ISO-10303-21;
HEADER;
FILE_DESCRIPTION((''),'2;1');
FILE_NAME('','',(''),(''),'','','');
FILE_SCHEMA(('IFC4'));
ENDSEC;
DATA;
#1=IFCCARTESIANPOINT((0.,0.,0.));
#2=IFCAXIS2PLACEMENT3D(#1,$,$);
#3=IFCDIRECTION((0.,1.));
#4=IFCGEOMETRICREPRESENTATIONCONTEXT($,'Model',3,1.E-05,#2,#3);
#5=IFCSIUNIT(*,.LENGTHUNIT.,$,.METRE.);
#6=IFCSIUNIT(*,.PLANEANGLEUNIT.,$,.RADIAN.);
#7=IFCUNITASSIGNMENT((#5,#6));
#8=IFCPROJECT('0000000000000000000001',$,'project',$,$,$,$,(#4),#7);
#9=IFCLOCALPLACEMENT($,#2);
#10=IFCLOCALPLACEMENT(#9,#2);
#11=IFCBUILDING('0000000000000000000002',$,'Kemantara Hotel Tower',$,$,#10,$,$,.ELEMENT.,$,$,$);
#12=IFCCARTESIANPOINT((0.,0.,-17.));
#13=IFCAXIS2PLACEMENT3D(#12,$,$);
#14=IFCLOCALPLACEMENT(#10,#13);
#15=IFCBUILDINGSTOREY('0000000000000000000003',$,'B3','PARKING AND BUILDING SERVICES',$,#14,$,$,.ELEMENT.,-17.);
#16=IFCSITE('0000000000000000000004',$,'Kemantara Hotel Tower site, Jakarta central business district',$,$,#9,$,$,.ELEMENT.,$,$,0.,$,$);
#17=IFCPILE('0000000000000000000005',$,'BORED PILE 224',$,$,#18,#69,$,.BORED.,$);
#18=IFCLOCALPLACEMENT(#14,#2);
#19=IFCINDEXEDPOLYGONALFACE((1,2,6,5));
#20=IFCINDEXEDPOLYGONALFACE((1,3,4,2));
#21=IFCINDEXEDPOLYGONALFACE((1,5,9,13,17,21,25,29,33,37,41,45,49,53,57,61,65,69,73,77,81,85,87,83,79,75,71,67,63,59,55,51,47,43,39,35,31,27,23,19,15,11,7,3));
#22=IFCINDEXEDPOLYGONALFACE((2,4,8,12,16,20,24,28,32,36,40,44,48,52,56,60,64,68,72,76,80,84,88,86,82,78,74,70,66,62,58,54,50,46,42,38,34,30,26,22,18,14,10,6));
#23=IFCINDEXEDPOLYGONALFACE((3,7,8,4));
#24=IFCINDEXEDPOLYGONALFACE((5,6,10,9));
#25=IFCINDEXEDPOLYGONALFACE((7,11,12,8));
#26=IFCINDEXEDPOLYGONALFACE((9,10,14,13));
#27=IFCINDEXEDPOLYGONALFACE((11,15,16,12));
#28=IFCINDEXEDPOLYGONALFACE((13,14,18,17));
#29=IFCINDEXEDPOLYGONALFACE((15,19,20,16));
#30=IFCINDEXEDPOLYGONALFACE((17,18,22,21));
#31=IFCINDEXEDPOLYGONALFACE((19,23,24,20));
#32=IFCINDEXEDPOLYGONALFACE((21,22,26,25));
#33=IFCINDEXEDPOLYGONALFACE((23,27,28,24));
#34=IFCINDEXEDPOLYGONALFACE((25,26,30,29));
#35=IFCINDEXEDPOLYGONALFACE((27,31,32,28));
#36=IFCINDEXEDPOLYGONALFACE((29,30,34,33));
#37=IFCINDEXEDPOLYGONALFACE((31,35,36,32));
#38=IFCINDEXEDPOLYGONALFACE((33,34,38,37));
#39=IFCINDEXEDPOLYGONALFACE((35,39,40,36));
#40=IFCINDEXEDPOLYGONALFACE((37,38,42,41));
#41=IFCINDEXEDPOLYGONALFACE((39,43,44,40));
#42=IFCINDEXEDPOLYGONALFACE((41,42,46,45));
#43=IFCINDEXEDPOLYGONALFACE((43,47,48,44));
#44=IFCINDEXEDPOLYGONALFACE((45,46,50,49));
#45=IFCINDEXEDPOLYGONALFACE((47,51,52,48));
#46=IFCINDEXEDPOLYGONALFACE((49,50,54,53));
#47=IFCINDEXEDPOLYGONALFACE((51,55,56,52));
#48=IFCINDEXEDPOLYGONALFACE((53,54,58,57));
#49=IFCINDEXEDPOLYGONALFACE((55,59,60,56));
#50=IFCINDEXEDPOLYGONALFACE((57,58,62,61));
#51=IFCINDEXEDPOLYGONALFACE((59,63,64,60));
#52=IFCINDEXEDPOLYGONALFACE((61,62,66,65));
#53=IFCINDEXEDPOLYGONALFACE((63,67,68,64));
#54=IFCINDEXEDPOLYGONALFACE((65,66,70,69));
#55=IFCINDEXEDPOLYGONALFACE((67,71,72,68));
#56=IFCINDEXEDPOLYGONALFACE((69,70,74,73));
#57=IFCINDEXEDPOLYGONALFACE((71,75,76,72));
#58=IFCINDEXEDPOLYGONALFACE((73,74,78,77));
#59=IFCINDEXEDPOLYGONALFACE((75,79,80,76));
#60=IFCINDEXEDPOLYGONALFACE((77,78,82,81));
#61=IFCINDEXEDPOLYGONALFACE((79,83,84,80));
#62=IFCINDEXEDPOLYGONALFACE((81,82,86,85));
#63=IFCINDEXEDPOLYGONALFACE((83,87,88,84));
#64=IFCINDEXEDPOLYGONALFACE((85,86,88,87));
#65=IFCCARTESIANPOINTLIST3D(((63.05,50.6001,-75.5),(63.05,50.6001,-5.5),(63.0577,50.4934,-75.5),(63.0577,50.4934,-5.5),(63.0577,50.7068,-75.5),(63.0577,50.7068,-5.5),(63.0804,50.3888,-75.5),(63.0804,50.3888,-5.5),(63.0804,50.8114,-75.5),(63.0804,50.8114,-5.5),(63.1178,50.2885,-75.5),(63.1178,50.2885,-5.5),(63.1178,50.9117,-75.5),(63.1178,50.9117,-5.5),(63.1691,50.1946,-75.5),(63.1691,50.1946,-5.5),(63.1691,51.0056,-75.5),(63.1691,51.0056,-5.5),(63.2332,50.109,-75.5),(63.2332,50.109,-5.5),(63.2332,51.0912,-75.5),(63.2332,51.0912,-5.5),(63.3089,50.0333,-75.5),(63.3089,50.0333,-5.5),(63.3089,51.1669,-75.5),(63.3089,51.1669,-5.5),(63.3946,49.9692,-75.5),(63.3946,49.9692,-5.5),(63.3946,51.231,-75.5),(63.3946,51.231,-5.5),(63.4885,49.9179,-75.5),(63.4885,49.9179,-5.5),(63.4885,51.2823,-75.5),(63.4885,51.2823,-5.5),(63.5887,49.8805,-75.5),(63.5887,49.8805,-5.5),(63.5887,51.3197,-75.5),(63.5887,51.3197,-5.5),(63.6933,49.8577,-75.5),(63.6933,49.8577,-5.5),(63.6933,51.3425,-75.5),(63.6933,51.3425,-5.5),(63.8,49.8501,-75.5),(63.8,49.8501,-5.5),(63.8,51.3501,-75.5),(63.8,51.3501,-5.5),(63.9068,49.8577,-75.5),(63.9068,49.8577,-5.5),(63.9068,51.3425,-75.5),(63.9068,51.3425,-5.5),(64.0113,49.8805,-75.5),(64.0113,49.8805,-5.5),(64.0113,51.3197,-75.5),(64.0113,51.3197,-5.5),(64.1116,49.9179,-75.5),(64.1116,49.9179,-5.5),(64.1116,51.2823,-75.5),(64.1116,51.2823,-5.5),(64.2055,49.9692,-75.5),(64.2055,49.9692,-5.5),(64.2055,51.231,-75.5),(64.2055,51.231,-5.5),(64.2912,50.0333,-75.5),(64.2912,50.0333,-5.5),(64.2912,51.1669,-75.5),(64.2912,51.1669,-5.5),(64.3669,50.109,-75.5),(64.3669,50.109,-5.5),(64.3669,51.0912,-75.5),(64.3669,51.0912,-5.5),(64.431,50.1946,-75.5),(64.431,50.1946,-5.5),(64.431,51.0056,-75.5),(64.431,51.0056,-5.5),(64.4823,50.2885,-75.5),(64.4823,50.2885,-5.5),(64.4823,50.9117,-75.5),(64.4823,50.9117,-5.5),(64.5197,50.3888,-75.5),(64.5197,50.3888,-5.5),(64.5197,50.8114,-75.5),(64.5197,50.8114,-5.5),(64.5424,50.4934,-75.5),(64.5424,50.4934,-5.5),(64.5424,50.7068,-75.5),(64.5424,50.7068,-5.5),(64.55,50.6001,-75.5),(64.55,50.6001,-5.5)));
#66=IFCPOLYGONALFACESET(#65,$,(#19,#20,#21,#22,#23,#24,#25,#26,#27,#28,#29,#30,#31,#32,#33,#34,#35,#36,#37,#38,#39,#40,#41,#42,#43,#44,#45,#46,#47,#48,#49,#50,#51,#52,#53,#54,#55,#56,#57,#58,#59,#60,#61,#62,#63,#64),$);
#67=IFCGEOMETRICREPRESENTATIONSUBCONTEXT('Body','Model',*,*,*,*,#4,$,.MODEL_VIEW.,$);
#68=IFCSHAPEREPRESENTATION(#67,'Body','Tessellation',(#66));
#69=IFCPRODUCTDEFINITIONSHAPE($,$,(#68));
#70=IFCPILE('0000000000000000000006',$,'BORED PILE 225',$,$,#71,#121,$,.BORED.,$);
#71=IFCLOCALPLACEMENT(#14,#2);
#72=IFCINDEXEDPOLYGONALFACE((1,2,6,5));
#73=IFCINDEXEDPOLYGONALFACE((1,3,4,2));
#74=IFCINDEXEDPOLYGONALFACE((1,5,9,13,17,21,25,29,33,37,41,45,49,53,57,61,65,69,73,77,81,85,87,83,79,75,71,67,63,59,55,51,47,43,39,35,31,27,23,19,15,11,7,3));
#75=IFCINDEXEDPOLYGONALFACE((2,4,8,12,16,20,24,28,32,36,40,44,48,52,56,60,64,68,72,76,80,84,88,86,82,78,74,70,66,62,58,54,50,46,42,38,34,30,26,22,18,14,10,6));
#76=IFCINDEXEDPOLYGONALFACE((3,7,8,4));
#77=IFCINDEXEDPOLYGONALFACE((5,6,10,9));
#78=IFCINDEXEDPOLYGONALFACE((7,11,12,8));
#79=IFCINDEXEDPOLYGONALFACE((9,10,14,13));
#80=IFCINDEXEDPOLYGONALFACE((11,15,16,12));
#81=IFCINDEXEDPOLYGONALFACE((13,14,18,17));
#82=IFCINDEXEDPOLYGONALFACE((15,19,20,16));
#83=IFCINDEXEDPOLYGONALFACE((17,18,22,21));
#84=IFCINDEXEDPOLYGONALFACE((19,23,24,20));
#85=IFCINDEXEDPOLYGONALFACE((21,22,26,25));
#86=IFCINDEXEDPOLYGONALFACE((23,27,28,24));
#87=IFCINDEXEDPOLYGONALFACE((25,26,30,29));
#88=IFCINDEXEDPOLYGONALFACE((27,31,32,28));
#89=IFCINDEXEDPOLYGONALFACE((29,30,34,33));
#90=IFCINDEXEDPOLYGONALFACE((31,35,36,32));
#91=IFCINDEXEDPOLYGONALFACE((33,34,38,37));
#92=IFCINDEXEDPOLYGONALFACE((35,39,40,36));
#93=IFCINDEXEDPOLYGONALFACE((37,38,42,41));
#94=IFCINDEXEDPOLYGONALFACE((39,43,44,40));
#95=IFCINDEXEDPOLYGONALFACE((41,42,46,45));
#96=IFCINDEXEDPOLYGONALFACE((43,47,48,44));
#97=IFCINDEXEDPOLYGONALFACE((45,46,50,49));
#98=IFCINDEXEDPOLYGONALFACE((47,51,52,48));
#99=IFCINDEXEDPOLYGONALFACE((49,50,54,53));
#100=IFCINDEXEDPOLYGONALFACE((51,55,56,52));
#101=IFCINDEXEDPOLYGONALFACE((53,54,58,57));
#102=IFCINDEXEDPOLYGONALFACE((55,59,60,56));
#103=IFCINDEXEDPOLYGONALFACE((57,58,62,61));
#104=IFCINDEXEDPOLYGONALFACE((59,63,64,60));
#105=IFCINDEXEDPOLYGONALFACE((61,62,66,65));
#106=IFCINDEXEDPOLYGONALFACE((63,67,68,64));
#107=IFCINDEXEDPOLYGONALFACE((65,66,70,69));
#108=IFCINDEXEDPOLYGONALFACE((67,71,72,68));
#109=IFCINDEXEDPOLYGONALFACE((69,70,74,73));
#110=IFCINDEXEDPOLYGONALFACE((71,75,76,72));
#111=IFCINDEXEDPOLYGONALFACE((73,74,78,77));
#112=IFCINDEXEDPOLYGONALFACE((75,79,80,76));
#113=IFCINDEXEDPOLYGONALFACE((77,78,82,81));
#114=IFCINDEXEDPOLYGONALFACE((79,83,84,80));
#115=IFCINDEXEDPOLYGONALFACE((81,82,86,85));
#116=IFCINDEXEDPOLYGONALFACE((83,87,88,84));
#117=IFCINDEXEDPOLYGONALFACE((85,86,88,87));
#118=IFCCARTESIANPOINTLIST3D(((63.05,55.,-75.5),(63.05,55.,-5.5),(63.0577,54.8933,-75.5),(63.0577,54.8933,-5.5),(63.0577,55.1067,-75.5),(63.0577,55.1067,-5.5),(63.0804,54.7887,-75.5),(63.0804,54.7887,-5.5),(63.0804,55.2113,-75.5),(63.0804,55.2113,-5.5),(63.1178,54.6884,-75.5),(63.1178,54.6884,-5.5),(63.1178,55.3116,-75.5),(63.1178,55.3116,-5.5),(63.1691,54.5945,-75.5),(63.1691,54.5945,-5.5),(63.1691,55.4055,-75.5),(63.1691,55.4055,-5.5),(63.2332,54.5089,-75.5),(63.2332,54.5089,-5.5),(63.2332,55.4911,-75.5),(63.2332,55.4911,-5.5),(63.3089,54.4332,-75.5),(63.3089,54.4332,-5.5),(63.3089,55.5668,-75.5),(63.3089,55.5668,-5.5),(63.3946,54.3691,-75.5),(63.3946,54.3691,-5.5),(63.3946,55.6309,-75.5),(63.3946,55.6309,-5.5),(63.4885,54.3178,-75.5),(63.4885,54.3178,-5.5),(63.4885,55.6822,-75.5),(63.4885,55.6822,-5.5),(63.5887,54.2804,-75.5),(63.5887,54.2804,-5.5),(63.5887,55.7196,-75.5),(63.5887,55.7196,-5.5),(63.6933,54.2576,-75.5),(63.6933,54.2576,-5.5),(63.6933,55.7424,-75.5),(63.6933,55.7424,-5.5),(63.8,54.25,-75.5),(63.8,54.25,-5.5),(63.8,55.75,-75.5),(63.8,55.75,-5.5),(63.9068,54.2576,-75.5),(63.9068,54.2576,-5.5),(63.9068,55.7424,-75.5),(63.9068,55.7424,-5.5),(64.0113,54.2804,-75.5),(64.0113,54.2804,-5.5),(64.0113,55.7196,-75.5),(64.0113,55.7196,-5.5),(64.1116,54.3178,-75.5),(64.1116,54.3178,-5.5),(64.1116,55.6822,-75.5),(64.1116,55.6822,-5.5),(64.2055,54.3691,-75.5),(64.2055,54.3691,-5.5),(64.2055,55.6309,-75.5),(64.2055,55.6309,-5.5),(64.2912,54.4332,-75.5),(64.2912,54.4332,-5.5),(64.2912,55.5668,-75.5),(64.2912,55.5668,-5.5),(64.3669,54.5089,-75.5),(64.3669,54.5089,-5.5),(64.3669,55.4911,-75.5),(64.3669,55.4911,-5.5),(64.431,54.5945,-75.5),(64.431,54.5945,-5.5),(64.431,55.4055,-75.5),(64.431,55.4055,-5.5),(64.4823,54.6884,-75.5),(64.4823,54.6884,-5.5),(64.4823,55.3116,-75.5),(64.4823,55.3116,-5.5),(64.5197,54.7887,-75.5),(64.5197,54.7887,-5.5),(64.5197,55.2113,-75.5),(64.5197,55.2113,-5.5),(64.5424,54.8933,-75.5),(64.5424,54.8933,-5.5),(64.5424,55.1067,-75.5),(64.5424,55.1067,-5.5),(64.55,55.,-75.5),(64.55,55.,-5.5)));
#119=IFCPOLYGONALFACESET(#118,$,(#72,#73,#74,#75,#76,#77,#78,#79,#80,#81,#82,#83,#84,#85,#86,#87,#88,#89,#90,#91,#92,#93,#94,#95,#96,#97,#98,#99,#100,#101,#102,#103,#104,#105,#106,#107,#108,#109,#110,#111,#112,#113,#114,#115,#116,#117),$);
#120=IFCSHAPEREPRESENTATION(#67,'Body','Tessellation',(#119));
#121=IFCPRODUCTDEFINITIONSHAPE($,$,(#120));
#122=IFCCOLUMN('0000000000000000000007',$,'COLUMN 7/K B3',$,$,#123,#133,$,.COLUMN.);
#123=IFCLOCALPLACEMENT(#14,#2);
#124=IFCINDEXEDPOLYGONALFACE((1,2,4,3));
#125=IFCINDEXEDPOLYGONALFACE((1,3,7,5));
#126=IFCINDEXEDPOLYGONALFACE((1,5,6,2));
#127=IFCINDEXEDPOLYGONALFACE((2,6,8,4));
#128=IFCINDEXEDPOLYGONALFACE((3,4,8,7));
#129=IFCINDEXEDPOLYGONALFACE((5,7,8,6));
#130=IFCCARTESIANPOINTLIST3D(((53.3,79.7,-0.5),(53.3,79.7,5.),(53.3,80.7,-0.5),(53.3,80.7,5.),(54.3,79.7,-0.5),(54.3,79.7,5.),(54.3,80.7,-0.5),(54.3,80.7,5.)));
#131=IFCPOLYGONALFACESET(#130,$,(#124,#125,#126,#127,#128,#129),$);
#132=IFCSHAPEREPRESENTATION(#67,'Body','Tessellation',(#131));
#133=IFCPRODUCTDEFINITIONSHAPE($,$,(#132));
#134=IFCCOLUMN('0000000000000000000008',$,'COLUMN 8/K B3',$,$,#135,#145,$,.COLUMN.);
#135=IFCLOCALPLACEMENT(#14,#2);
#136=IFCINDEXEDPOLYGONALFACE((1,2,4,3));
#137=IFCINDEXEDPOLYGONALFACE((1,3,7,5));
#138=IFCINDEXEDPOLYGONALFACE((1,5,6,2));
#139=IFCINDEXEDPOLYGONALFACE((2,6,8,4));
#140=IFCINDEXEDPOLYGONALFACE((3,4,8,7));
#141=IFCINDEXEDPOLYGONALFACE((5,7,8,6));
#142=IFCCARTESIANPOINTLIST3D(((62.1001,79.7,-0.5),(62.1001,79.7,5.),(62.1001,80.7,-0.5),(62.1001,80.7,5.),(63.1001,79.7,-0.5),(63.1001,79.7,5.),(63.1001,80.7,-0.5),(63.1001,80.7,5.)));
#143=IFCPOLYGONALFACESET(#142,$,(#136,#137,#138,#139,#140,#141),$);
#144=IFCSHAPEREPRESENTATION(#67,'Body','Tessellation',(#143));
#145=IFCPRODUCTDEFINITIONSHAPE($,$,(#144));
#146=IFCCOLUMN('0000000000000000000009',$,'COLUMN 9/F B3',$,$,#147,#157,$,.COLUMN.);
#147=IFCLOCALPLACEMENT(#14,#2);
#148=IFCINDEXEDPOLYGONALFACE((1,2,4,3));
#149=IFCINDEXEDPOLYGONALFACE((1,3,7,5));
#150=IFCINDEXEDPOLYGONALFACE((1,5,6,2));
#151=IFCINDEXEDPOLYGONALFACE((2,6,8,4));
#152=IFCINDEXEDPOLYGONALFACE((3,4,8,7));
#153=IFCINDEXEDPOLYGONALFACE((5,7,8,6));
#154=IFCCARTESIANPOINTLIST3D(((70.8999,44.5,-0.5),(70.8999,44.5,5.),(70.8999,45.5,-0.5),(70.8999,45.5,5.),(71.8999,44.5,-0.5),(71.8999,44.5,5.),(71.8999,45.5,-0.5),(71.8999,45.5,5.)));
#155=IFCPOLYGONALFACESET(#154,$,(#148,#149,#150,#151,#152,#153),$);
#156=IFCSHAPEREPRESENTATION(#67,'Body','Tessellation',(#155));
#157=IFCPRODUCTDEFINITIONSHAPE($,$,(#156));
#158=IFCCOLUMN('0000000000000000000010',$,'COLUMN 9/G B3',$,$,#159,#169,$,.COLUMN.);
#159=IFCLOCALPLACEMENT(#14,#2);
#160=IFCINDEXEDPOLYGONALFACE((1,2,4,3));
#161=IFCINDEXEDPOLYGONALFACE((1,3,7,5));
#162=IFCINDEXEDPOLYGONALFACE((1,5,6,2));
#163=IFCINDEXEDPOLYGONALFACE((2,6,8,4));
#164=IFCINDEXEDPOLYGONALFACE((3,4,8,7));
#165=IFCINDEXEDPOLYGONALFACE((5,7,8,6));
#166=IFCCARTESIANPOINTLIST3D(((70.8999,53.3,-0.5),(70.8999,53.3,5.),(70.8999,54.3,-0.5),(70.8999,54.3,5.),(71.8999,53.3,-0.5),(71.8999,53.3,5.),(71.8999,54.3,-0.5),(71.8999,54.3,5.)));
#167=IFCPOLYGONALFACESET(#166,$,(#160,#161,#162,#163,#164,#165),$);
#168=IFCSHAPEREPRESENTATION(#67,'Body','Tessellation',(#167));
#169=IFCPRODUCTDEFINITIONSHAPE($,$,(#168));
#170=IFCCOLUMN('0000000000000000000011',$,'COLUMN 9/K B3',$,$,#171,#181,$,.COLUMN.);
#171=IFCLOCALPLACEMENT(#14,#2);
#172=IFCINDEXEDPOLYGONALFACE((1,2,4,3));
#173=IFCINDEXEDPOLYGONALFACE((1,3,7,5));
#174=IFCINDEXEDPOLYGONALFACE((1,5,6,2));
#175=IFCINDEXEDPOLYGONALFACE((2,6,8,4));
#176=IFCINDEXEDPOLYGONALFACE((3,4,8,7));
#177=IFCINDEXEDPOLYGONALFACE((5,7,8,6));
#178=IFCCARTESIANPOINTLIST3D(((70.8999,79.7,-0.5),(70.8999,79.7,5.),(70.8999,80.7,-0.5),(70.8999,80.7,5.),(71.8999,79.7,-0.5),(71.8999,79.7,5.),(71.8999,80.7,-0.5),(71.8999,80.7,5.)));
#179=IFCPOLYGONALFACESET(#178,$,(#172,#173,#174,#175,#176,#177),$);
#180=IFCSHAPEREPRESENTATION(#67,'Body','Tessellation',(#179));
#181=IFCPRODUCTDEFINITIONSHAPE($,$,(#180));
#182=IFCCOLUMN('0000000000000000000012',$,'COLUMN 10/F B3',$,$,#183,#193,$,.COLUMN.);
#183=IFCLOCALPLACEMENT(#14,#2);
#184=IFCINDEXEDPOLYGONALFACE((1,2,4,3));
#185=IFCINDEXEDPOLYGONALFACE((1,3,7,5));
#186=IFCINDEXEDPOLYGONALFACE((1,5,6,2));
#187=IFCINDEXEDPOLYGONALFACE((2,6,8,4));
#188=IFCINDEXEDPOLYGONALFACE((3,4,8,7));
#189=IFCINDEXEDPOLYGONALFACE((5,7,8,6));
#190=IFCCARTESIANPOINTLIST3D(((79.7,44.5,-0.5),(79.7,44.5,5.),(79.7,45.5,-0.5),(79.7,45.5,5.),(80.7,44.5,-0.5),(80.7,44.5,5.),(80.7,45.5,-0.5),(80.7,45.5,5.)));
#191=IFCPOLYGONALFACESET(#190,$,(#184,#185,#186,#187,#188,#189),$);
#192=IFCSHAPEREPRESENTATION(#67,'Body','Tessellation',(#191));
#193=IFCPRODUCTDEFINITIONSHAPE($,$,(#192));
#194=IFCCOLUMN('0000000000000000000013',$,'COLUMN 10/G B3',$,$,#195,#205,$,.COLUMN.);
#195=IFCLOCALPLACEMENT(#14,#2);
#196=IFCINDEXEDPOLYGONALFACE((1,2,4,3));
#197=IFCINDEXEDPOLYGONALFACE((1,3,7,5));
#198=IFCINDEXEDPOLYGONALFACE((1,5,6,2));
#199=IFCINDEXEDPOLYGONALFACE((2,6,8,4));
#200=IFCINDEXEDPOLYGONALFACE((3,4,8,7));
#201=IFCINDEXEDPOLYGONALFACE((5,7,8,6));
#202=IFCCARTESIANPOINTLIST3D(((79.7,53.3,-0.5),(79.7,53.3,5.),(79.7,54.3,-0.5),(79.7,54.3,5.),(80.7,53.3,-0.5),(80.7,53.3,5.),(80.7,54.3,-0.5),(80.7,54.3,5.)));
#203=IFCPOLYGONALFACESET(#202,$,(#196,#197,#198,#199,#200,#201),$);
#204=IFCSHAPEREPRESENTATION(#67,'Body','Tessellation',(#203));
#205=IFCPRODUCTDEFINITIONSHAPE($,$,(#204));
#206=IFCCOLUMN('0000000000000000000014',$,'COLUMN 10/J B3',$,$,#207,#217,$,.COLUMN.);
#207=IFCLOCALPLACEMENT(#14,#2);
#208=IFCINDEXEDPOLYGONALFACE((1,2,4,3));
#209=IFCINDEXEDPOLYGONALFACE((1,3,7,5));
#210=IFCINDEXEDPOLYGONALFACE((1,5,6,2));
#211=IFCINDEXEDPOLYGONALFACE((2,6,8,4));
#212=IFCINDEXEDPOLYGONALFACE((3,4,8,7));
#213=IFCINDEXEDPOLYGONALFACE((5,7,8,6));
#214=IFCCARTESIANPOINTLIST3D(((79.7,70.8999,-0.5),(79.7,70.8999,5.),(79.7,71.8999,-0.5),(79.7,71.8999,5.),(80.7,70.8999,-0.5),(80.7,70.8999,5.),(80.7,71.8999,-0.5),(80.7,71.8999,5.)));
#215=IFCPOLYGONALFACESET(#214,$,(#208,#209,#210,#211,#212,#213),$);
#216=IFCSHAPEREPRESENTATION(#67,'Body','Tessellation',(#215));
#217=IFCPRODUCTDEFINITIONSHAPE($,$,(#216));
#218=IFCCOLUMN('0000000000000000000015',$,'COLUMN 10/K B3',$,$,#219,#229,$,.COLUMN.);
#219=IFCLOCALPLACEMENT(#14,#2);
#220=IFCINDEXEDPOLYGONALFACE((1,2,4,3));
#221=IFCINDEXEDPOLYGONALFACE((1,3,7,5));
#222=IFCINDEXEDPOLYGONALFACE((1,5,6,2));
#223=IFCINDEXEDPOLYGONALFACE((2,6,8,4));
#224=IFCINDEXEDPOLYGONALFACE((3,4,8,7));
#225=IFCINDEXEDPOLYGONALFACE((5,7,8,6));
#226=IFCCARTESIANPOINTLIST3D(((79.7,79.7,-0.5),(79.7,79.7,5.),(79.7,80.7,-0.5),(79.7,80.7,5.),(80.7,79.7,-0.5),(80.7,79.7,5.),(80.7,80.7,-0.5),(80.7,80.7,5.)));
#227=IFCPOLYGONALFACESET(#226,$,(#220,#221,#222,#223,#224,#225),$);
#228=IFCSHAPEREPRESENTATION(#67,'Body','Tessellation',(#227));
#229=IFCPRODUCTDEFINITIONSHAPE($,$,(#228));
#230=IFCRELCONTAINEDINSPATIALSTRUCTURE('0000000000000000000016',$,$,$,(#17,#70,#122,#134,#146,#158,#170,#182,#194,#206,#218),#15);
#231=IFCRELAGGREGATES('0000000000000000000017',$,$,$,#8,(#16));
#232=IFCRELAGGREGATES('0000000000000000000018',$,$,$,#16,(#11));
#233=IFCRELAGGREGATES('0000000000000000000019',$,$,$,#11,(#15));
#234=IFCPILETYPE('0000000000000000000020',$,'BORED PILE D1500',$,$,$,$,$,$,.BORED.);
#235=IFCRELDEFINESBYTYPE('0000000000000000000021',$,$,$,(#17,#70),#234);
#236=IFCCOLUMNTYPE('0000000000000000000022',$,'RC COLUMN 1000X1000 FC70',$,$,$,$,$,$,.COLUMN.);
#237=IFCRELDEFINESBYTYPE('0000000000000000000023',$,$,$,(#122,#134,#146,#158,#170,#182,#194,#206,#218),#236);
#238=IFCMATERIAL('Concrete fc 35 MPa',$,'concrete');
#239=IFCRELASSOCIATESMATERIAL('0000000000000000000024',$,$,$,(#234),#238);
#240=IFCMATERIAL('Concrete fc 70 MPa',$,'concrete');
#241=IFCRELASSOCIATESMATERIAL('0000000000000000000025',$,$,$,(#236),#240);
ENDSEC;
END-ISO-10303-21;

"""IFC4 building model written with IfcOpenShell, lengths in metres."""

from ifc_helpers import new_model, si_unit, direction, frame, origin, origin_2d, place, context, subcontext, project, spatial, rectangle, circle, extrude, material, material_profile, profile_set, type_object, element, save


model = new_model("IFC4")

# Units and contexts
model_context = context("Model", 3, precision=1e-05, world=origin(), true_north=direction((0.0, 1.0)))
body_context = subcontext(model_context, "Body", "Model", "MODEL_VIEW")
ifc_project = project(units=[si_unit("LENGTHUNIT", "METRE"), si_unit("PLANEANGLEUNIT", "RADIAN")], contexts=[model_context])

# Site, building, storey
site_placement = place(None, origin())
site = spatial("IfcSite", under=ifc_project, at=site_placement, Name="Kemantara Hotel Tower site, Jakarta central business district", CompositionType="ELEMENT", RefElevation=0.0)
building_placement = place(site_placement, origin())
building = spatial("IfcBuilding", under=site, at=building_placement, Name="Kemantara Hotel Tower", CompositionType="ELEMENT")
storey_placement = place(building_placement, frame((0.0, 0.0, -17.0)))
storey = spatial("IfcBuildingStorey", under=building, at=storey_placement, Name="B3", Description="PARKING AND BUILDING SERVICES", CompositionType="ELEMENT", Elevation=-17.0)

# Piles
ifc_material_1 = material(Name="Concrete fc 35 MPa", Category="concrete")
ifc_material_profile_1 = material_profile(ifc_material_1, circle(Radius=0.75, at=origin_2d()), Name="BORED PILE D1500")
ifc_profile_set_1 = profile_set([ifc_material_profile_1], Name="Concrete fc 35 MPa")
pile_type = type_object("IfcPileType", Name="BORED PILE D1500", PredefinedType="BORED", material=ifc_profile_set_1)
for number, where, z_axis, x_axis, name in (
    (1, (63.8, 50.6001, -5.5), (0.0, 0.0, -1.0), (1.0, 0.0, 0.0), "BORED PILE 224"),
    (2, (63.8, 55.0, -5.5), (0.0, 0.0, -1.0), (1.0, 0.0, 0.0), "BORED PILE 225"),
):
    element("IfcPile", number, at=place(storey_placement, frame(where, z_axis=z_axis, x_axis=x_axis)), inside=storey, type_object=pile_type, Name=name, PredefinedType="BORED", context=body_context, shape_type="SweptSolid", body=[
        extrude(circle(Radius=0.75, at=origin_2d()), origin(), (0.0, 0.0, 1.0), 70.0),
    ])

# Columns
ifc_material_2 = material(Name="Concrete fc 70 MPa", Category="concrete")
ifc_material_profile_2 = material_profile(ifc_material_2, rectangle(XDim=1.0, YDim=1.0, at=origin_2d()), Name="RC 1000X1000")
ifc_profile_set_2 = profile_set([ifc_material_profile_2], Name="Concrete fc 70 MPa")
column_type_1 = type_object("IfcColumnType", Name="RC COLUMN 1000X1000 FC70", PredefinedType="COLUMN", material=ifc_profile_set_2)
for number, where, z_axis, x_axis, name in (
    (3, (53.8, 80.2, -0.5), (0.0, 0.0, 1.0), (1.0, 0.0, 0.0), "COLUMN 7/K B3"),
    (4, (62.6001, 80.2, -0.5), (0.0, 0.0, 1.0), (1.0, 0.0, 0.0), "COLUMN 8/K B3"),
    (5, (71.3999, 45.0, -0.5), (0.0, 0.0, 1.0), (1.0, 0.0, 0.0), "COLUMN 9/F B3"),
    (6, (71.3999, 53.8, -0.5), (0.0, 0.0, 1.0), (1.0, 0.0, 0.0), "COLUMN 9/G B3"),
    (7, (71.3999, 80.2, -0.5), (0.0, 0.0, 1.0), (1.0, 0.0, 0.0), "COLUMN 9/K B3"),
    (8, (80.2, 45.0, -0.5), (0.0, 0.0, 1.0), (1.0, 0.0, 0.0), "COLUMN 10/F B3"),
    (9, (80.2, 53.8, -0.5), (0.0, 0.0, 1.0), (1.0, 0.0, 0.0), "COLUMN 10/G B3"),
    (10, (80.2, 71.3999, -0.5), (0.0, 0.0, 1.0), (1.0, 0.0, 0.0), "COLUMN 10/J B3"),
    (11, (80.2, 80.2, -0.5), (0.0, 0.0, 1.0), (1.0, 0.0, 0.0), "COLUMN 10/K B3"),
):
    element("IfcColumn", number, at=place(storey_placement, frame(where, z_axis=z_axis, x_axis=x_axis)), inside=storey, type_object=column_type_1, Name=name, PredefinedType="COLUMN", context=body_context, shape_type="SweptSolid", body=[
        extrude(rectangle(XDim=1.0, YDim=1.0, at=origin_2d()), origin(), (0.0, 0.0, 1.0), 5.5),
    ])

save(model, "model.ifc")
